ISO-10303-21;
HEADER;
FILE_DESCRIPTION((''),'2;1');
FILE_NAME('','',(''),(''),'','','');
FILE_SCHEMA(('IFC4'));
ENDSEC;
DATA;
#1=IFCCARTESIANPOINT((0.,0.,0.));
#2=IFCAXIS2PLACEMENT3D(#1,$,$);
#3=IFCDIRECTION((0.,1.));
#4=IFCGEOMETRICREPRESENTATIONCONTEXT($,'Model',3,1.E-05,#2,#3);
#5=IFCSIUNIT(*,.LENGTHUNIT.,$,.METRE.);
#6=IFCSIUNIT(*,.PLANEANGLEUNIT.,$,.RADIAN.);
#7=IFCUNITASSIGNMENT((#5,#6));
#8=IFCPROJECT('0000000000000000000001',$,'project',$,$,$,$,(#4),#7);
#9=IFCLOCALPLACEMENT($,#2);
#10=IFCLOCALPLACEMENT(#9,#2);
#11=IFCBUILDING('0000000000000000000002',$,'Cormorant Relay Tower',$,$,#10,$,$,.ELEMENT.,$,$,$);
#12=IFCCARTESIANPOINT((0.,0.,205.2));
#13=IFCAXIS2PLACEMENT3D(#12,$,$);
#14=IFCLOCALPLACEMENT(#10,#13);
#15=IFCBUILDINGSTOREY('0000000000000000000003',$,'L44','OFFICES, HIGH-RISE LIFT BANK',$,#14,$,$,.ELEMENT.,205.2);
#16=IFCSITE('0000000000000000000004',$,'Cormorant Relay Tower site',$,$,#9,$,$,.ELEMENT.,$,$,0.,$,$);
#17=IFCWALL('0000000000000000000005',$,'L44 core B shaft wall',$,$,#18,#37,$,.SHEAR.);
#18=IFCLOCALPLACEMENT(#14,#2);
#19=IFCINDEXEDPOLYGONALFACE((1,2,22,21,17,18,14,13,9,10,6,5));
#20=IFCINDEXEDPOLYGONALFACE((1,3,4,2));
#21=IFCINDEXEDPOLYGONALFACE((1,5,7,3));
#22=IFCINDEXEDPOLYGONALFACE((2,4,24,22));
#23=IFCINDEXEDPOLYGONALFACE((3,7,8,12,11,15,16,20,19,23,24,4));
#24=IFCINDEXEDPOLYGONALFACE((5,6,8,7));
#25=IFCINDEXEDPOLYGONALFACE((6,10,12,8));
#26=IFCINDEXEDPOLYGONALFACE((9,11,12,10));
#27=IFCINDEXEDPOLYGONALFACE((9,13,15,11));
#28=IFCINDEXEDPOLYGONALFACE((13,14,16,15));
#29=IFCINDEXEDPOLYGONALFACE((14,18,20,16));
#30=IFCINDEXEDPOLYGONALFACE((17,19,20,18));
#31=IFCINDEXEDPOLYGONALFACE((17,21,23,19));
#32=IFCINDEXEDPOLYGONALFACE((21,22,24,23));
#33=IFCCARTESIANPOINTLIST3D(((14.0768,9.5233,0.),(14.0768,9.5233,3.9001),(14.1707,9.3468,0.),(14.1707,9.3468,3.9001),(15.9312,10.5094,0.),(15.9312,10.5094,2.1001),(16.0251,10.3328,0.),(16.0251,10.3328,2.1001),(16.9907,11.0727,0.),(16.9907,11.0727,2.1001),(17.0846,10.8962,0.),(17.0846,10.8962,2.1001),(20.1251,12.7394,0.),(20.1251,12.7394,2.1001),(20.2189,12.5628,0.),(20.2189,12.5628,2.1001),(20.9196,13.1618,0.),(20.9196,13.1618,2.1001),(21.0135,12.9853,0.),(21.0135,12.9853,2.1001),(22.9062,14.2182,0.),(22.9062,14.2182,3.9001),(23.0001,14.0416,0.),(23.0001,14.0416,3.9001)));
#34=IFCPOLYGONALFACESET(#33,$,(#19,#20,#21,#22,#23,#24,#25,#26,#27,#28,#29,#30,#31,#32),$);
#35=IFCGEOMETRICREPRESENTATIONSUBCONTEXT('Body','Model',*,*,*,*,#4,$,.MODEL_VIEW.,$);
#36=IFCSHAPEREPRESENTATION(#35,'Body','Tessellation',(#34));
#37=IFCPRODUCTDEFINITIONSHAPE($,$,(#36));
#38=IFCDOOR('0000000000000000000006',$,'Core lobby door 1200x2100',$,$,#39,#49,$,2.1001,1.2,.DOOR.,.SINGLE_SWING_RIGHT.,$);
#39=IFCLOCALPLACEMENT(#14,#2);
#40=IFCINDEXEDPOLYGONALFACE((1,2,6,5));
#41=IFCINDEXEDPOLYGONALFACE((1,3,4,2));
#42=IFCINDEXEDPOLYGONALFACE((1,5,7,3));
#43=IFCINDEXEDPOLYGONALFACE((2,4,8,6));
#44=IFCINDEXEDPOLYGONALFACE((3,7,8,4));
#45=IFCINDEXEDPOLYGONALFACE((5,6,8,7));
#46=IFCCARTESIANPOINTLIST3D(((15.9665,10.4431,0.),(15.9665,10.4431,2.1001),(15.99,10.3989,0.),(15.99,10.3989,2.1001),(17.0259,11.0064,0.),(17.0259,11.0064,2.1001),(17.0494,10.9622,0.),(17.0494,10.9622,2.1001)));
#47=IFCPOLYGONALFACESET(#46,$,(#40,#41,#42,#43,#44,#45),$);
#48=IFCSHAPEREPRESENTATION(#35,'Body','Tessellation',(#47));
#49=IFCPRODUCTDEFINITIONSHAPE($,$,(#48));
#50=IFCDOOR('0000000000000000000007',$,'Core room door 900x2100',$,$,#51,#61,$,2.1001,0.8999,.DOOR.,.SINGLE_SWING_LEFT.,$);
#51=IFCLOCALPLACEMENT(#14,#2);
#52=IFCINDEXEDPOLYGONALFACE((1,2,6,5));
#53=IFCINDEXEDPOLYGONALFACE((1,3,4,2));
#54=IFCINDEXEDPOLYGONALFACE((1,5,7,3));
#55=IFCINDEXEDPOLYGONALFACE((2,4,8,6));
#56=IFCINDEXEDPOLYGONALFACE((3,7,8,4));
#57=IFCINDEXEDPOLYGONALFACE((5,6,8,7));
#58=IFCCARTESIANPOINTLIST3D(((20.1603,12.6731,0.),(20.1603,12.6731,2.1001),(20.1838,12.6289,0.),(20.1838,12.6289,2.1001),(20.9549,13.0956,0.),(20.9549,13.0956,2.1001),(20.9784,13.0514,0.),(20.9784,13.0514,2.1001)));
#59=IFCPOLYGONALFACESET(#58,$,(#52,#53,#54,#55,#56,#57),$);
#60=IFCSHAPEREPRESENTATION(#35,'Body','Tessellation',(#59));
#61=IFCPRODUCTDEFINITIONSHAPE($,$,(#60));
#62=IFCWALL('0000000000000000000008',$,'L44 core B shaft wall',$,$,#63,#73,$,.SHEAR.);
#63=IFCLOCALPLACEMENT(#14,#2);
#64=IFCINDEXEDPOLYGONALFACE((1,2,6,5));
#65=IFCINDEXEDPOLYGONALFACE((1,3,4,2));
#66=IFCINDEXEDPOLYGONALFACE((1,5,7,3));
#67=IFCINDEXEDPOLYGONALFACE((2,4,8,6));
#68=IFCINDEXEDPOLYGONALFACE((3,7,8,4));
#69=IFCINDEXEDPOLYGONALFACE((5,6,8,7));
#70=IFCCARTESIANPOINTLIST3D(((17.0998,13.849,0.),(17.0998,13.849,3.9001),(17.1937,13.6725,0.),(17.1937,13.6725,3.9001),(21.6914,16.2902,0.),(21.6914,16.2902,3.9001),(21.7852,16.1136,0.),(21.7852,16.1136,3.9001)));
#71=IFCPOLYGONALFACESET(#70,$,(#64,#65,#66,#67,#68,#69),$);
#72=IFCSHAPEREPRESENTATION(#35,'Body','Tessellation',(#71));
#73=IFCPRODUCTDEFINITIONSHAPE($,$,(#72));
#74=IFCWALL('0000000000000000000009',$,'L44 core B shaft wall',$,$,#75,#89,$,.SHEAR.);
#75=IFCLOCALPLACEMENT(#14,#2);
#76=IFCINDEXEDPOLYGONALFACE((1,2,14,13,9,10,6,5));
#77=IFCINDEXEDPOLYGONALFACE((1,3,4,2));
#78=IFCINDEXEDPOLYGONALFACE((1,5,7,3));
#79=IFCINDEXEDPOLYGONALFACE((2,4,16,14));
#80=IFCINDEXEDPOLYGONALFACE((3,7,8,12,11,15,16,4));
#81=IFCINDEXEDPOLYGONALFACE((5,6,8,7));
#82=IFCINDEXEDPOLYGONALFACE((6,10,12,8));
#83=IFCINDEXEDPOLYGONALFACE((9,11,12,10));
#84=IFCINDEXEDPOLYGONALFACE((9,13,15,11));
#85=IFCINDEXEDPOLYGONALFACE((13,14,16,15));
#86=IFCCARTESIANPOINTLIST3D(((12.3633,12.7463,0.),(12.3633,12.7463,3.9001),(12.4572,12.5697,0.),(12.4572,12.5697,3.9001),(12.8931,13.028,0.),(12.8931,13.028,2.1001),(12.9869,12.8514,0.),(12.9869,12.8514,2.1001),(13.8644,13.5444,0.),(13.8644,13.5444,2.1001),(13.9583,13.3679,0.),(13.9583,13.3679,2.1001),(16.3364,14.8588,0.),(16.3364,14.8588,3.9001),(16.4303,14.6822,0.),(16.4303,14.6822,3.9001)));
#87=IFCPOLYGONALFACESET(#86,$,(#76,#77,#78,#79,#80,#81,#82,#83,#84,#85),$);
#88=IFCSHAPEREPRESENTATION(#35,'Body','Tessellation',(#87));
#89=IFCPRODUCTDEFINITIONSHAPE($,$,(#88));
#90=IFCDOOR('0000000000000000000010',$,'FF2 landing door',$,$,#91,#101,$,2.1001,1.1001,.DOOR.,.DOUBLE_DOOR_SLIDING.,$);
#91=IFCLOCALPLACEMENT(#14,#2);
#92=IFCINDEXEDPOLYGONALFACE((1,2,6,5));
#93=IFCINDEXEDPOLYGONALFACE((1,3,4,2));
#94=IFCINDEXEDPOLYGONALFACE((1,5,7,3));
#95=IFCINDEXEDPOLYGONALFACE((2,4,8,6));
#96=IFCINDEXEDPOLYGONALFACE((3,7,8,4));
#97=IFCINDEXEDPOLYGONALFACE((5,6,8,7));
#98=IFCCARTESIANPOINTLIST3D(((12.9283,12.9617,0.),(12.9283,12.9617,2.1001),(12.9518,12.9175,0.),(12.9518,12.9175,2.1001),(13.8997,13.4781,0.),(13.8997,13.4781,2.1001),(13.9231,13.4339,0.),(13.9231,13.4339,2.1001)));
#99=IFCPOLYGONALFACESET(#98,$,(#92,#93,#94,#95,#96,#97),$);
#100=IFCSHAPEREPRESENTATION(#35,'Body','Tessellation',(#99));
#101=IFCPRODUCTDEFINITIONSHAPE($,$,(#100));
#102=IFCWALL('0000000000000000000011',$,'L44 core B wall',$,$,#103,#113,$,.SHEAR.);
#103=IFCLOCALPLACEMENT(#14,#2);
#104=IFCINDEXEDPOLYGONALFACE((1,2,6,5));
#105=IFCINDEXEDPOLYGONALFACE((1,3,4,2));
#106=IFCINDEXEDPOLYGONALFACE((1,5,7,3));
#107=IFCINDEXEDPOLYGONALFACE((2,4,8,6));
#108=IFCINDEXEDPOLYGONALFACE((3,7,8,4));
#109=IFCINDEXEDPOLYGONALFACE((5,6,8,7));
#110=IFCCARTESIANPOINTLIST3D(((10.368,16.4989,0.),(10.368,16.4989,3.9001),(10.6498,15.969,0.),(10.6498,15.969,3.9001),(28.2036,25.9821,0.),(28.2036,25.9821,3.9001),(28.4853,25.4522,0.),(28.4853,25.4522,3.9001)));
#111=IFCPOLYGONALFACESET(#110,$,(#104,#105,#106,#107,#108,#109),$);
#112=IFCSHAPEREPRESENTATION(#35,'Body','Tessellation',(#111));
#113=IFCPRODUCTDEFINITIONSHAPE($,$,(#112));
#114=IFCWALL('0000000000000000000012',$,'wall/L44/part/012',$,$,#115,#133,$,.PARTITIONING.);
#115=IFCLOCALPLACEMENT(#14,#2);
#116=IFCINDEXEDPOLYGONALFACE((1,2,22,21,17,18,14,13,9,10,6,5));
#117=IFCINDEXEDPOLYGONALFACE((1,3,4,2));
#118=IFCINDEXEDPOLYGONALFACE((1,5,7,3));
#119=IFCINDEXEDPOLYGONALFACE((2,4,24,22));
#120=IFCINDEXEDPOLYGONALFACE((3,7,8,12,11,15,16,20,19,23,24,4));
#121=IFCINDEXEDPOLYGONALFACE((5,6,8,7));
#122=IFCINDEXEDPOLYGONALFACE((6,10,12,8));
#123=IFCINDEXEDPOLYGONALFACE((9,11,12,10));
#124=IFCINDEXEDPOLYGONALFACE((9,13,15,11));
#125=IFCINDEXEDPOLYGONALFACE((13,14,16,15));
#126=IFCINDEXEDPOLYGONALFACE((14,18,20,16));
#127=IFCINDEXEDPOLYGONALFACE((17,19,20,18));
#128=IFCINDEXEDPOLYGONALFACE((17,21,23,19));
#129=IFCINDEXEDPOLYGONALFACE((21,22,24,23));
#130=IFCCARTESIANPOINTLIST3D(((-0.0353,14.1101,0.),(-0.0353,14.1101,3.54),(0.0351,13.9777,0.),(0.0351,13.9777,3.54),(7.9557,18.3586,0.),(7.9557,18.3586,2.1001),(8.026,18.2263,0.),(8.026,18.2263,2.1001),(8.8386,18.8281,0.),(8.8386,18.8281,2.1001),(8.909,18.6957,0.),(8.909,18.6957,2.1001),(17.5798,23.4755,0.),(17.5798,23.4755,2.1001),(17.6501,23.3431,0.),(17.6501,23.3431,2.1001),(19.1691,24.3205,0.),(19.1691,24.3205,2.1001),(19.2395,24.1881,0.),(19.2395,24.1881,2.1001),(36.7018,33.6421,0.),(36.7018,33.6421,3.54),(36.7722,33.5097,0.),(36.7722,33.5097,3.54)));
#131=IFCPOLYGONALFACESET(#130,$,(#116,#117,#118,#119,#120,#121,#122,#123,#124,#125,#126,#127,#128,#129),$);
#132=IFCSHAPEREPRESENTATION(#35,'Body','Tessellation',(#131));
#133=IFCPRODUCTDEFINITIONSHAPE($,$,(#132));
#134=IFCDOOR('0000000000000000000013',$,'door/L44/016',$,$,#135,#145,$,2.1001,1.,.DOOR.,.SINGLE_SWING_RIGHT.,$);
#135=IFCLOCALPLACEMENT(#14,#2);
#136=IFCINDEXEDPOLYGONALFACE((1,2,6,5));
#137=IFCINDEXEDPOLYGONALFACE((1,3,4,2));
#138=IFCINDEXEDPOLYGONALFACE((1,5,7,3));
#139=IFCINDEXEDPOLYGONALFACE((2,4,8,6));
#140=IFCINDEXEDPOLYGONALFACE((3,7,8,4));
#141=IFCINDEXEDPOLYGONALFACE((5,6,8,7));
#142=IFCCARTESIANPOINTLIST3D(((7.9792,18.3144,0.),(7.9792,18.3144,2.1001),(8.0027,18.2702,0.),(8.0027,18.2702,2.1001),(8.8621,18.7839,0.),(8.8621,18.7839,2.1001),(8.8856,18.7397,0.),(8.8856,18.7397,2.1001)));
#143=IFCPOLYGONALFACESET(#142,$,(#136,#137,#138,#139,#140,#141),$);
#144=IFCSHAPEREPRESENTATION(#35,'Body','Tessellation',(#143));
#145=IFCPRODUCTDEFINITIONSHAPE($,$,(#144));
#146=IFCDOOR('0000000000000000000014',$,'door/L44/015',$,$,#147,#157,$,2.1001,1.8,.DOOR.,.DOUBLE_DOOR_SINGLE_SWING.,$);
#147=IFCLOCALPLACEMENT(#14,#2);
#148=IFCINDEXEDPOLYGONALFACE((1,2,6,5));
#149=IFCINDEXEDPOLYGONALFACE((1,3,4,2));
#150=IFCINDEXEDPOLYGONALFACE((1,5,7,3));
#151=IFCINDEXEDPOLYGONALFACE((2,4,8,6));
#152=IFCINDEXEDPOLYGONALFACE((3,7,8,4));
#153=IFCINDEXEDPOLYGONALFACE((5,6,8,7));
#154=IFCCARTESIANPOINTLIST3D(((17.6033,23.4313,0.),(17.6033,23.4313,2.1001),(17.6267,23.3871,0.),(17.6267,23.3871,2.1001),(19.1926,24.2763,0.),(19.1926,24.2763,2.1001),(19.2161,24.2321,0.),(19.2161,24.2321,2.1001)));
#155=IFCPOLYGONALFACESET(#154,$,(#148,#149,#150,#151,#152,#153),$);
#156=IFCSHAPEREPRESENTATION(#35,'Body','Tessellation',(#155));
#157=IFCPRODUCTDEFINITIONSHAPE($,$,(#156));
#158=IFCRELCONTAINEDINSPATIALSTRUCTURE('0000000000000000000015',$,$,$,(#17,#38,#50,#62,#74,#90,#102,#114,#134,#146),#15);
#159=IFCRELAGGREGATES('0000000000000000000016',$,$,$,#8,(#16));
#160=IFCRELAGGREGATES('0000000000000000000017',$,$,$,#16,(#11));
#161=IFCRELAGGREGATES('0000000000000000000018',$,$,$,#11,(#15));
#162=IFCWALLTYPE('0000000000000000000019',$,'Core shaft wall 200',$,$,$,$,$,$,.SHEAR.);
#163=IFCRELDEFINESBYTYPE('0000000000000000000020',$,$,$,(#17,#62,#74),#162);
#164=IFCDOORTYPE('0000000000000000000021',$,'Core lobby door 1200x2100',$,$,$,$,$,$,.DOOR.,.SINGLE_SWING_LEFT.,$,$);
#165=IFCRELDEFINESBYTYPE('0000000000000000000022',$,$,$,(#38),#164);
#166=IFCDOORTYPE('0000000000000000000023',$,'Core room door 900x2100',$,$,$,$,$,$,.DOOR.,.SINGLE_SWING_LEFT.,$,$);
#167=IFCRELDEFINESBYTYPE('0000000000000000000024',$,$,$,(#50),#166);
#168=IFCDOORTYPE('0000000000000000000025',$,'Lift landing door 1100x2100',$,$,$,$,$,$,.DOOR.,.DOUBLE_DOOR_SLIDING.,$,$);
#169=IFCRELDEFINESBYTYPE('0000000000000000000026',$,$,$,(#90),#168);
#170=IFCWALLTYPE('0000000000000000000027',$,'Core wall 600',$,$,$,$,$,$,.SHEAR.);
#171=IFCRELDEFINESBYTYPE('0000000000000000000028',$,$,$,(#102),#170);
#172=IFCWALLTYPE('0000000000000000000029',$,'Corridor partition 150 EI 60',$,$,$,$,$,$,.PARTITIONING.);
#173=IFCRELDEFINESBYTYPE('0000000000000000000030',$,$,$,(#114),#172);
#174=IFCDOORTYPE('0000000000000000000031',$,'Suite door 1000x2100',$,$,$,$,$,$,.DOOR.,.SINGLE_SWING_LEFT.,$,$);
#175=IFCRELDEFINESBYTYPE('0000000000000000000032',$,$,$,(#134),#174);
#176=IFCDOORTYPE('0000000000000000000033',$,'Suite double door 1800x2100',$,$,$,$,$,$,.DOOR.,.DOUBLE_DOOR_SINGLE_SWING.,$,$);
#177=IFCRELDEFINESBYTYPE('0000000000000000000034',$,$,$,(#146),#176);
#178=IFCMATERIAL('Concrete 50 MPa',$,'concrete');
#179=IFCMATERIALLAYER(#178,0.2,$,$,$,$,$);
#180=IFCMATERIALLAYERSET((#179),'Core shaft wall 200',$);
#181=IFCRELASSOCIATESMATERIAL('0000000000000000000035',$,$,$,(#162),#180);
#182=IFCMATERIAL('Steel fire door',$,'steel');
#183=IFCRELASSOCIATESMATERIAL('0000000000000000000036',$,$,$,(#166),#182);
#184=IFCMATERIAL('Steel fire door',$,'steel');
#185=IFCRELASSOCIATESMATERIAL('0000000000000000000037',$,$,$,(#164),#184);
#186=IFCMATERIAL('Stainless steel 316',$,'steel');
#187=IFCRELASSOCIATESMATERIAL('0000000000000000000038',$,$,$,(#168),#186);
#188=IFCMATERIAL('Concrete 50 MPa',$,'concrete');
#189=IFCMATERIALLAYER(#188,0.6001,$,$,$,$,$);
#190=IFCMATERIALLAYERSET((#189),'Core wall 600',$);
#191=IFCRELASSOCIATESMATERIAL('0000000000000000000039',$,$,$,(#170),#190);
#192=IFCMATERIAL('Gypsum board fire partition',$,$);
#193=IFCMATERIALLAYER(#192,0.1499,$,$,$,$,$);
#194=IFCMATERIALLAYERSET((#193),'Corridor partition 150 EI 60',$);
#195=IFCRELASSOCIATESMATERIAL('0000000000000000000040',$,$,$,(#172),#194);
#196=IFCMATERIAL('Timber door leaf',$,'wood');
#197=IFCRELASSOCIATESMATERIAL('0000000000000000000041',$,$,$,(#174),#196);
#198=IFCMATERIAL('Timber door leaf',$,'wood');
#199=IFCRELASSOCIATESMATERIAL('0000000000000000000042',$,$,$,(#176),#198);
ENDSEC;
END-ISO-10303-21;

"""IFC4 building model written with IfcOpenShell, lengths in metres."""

from ifc_helpers import new_model, si_unit, direction, frame, frame_2d, origin, place, context, subcontext, project, spatial, rectangle, extrude, material, layer, layer_set, type_object, element, fill, save


model = new_model("IFC4")

# Units and contexts
model_context = context("Model", 3, precision=1e-05, world=origin(), true_north=direction((0.0, 1.0)))
body_context = subcontext(model_context, "Body", "Model", "MODEL_VIEW")
ifc_project = project(units=[si_unit("LENGTHUNIT", "METRE"), si_unit("PLANEANGLEUNIT", "RADIAN")], contexts=[model_context])

# Site, building, storey
site_placement = place(None, origin())
site = spatial("IfcSite", under=ifc_project, at=site_placement, Name="Cormorant Relay Tower site", CompositionType="ELEMENT", RefElevation=0.0)
building_placement = place(site_placement, origin())
building = spatial("IfcBuilding", under=site, at=building_placement, Name="Cormorant Relay Tower", CompositionType="ELEMENT")
storey_placement = place(building_placement, frame((0.0, 0.0, 205.2)))
storey = spatial("IfcBuildingStorey", under=building, at=storey_placement, Name="L44", Description="OFFICES, HIGH-RISE LIFT BANK", CompositionType="ELEMENT", Elevation=205.2)

# Shared definitions
ifc_material_1 = material(Name="Concrete 50 MPa", Category="concrete")
ifc_layer_1 = layer(ifc_material_1, 0.2)
ifc_layer_set_1 = layer_set([ifc_layer_1], Name="Core shaft wall 200")
wall_type_1 = type_object("IfcWallType", Name="Core shaft wall 200", PredefinedType="SHEAR", material=ifc_layer_set_1)

# Shared definitions
ifc_material_2 = material(Name="Steel fire door", Category="steel")
door_type_1 = type_object("IfcDoorType", Name="Core room door 900x2100", OperationType="SINGLE_SWING_LEFT", PredefinedType="DOOR", material=ifc_material_2)

# Wall, openings, doors
wall_1_placement = place(storey_placement, frame((14.1238, 9.4351, 0.0), z_axis=(0.0, 0.0, 1.0), x_axis=(0.88294, 0.469485, 0.0)))
wall_1 = element("IfcWall", 1, at=wall_1_placement, inside=storey, type_object=wall_type_1, Name="L44 core B shaft wall", PredefinedType="SHEAR", context=body_context, shape_type="SweptSolid", body=[
    extrude(rectangle(XDim=10.0, YDim=0.2, at=frame_2d((5.0, 0.0))), origin(), (0.0, 0.0, 1.0), 3.9001),
])
opening_1_placement = place(wall_1_placement, frame((2.1001, 0.0, 0.0)))
opening_1 = element("IfcOpeningElement", 2, at=opening_1_placement, cuts=wall_1, PredefinedType="OPENING", context=body_context, shape_type="SweptSolid", body=[
    extrude(rectangle(XDim=1.2, YDim=2.1001, at=frame_2d((0.6001, 1.05))), frame((0.0, 0.1099, 0.0), z_axis=(0.0, -1.0, 0.0), x_axis=(1.0, 0.0, 0.0)), (0.0, 0.0, 1.0), 0.22),
])
opening_2_placement = place(wall_1_placement, frame((6.8501, 0.0, 0.0)))
opening_2 = element("IfcOpeningElement", 3, at=opening_2_placement, cuts=wall_1, PredefinedType="OPENING", context=body_context, shape_type="SweptSolid", body=[
    extrude(rectangle(XDim=0.8999, YDim=2.1001, at=frame_2d((0.45, 1.05))), frame((0.0, 0.1099, 0.0), z_axis=(0.0, -1.0, 0.0), x_axis=(1.0, 0.0, 0.0)), (0.0, 0.0, 1.0), 0.22),
])
ifc_material_3 = material(Name="Steel fire door", Category="steel")
door_type_2 = type_object("IfcDoorType", Name="Core lobby door 1200x2100", OperationType="SINGLE_SWING_LEFT", PredefinedType="DOOR", material=ifc_material_3)
door_1_placement = place(opening_1_placement, origin())
door_1 = element("IfcDoor", 4, at=door_1_placement, inside=storey, type_object=door_type_2, Name="Core lobby door 1200x2100", OperationType="SINGLE_SWING_RIGHT", OverallHeight=2.1001, OverallWidth=1.2, PredefinedType="DOOR", context=body_context, shape_type="SweptSolid", body=[
    extrude(rectangle(XDim=1.2, YDim=2.1001, at=frame_2d((0.6001, 1.05))), frame((0.0, 0.0249, 0.0), z_axis=(0.0, -1.0, 0.0), x_axis=(1.0, 0.0, 0.0)), (0.0, 0.0, 1.0), 0.05),
])
fill(opening_1, door_1)
door_2_placement = place(opening_2_placement, origin())
door_2 = element("IfcDoor", 5, at=door_2_placement, inside=storey, type_object=door_type_1, Name="Core room door 900x2100", OperationType="SINGLE_SWING_LEFT", OverallHeight=2.1001, OverallWidth=0.8999, PredefinedType="DOOR", context=body_context, shape_type="SweptSolid", body=[
    extrude(rectangle(XDim=0.8999, YDim=2.1001, at=frame_2d((0.45, 1.05))), frame((0.0, 0.0249, 0.0), z_axis=(0.0, -1.0, 0.0), x_axis=(1.0, 0.0, 0.0)), (0.0, 0.0, 1.0), 0.05),
])
fill(opening_2, door_2)

# Wall
wall_2_placement = place(storey_placement, frame((17.1467, 13.7607, 0.0), z_axis=(0.0, 0.0, 1.0), x_axis=(0.882964, 0.46944, 0.0)))
element("IfcWall", 6, at=wall_2_placement, inside=storey, type_object=wall_type_1, Name="L44 core B shaft wall", PredefinedType="SHEAR", context=body_context, shape_type="SweptSolid", body=[
    extrude(rectangle(XDim=5.2002, YDim=0.2, at=frame_2d((2.6001, 0.0))), origin(), (0.0, 0.0, 1.0), 3.9001),
])

# Wall, opening, door
wall_3_placement = place(storey_placement, frame((12.4102, 12.658, 0.0), z_axis=(0.0, 0.0, 1.0), x_axis=(0.882948, 0.46947, 0.0)))
wall_3 = element("IfcWall", 7, at=wall_3_placement, inside=storey, type_object=wall_type_1, Name="L44 core B shaft wall", PredefinedType="SHEAR", context=body_context, shape_type="SweptSolid", body=[
    extrude(rectangle(XDim=4.4998, YDim=0.2, at=frame_2d((2.25, 0.0))), origin(), (0.0, 0.0, 1.0), 3.9001),
])
opening_3_placement = place(wall_3_placement, frame((0.6001, 0.0, 0.0)))
opening_3 = element("IfcOpeningElement", 8, at=opening_3_placement, cuts=wall_3, PredefinedType="OPENING", context=body_context, shape_type="SweptSolid", body=[
    extrude(rectangle(XDim=1.1001, YDim=2.1001, at=frame_2d((0.55, 1.05))), frame((0.0, 0.1099, 0.0), z_axis=(0.0, -1.0, 0.0), x_axis=(1.0, 0.0, 0.0)), (0.0, 0.0, 1.0), 0.22),
])
ifc_material_4 = material(Name="Stainless steel 316", Category="steel")
door_type_3 = type_object("IfcDoorType", Name="Lift landing door 1100x2100", OperationType="DOUBLE_DOOR_SLIDING", PredefinedType="DOOR", material=ifc_material_4)
door_3_placement = place(opening_3_placement, origin())
door_3 = element("IfcDoor", 9, at=door_3_placement, inside=storey, type_object=door_type_3, Name="FF2 landing door", OperationType="DOUBLE_DOOR_SLIDING", OverallHeight=2.1001, OverallWidth=1.1001, PredefinedType="DOOR", context=body_context, shape_type="SweptSolid", body=[
    extrude(rectangle(XDim=1.1001, YDim=2.1001, at=frame_2d((0.55, 1.05))), frame((0.0, 0.0249, 0.0), z_axis=(0.0, -1.0, 0.0), x_axis=(1.0, 0.0, 0.0)), (0.0, 0.0, 1.0), 0.05),
])
fill(opening_3, door_3)

# Wall
ifc_material_5 = material(Name="Concrete 50 MPa", Category="concrete")
ifc_layer_2 = layer(ifc_material_5, 0.6001)
ifc_layer_set_2 = layer_set([ifc_layer_2], Name="Core wall 600")
wall_type_2 = type_object("IfcWallType", Name="Core wall 600", PredefinedType="SHEAR", material=ifc_layer_set_2)
wall_4_placement = place(storey_placement, frame((10.5088, 16.2339, 0.0), z_axis=(0.0, 0.0, 1.0), x_axis=(0.88295, 0.469467, 0.0)))
element("IfcWall", 10, at=wall_4_placement, inside=storey, type_object=wall_type_2, Name="L44 core B wall", PredefinedType="SHEAR", context=body_context, shape_type="SweptSolid", body=[
    extrude(rectangle(XDim=20.2, YDim=0.6001, at=frame_2d((10.1001, 0.0))), origin(), (0.0, 0.0, 1.0), 3.9001),
])

# Wall, openings, doors
ifc_material_6 = material(Name="Gypsum board fire partition")
ifc_layer_3 = layer(ifc_material_6, 0.1499)
ifc_layer_set_3 = layer_set([ifc_layer_3], Name="Corridor partition 150 EI 60")
wall_type_3 = type_object("IfcWallType", Name="Corridor partition 150 EI 60", PredefinedType="PARTITIONING", material=ifc_layer_set_3)
wall_5_placement = place(storey_placement, frame((0.0, 14.0439, 0.0), z_axis=(0.0, 0.0, 1.0), x_axis=(0.882962, 0.469444, 0.0)))
wall_5 = element("IfcWall", 11, at=wall_5_placement, inside=storey, type_object=wall_type_3, Name="wall/L44/part/012", PredefinedType="PARTITIONING", context=body_context, shape_type="SweptSolid", body=[
    extrude(rectangle(XDim=41.6067, YDim=0.1499, at=frame_2d((20.8032, 0.0))), origin(), (0.0, 0.0, 1.0), 3.54),
])
opening_4_placement = place(wall_5_placement, frame((19.95, 0.0, 0.0)))
opening_4 = element("IfcOpeningElement", 12, at=opening_4_placement, cuts=wall_5, PredefinedType="OPENING", context=body_context, shape_type="SweptSolid", body=[
    extrude(rectangle(XDim=1.8, YDim=2.1001, at=frame_2d((0.8999, 1.05))), frame((0.0, 0.085, 0.0), z_axis=(0.0, -1.0, 0.0), x_axis=(1.0, 0.0, 0.0)), (0.0, 0.0, 1.0), 0.1699),
])
opening_5_placement = place(wall_5_placement, frame((9.05, 0.0, 0.0)))
opening_5 = element("IfcOpeningElement", 13, at=opening_5_placement, cuts=wall_5, PredefinedType="OPENING", context=body_context, shape_type="SweptSolid", body=[
    extrude(rectangle(XDim=1.0, YDim=2.1001, at=frame_2d((0.5, 1.05))), frame((0.0, 0.085, 0.0), z_axis=(0.0, -1.0, 0.0), x_axis=(1.0, 0.0, 0.0)), (0.0, 0.0, 1.0), 0.1699),
])
ifc_material_7 = material(Name="Timber door leaf", Category="wood")
door_type_4 = type_object("IfcDoorType", Name="Suite door 1000x2100", OperationType="SINGLE_SWING_LEFT", PredefinedType="DOOR", material=ifc_material_7)
door_4_placement = place(opening_5_placement, origin())
door_4 = element("IfcDoor", 14, at=door_4_placement, inside=storey, type_object=door_type_4, Name="door/L44/016", OperationType="SINGLE_SWING_RIGHT", OverallHeight=2.1001, OverallWidth=1.0, PredefinedType="DOOR", context=body_context, shape_type="SweptSolid", body=[
    extrude(rectangle(XDim=1.0, YDim=2.1001, at=frame_2d((0.5, 1.05))), frame((0.0, 0.0249, 0.0), z_axis=(0.0, -1.0, 0.0), x_axis=(1.0, 0.0, 0.0)), (0.0, 0.0, 1.0), 0.05),
])
fill(opening_5, door_4)
ifc_material_8 = material(Name="Timber door leaf", Category="wood")
door_type_5 = type_object("IfcDoorType", Name="Suite double door 1800x2100", OperationType="DOUBLE_DOOR_SINGLE_SWING", PredefinedType="DOOR", material=ifc_material_8)
door_5_placement = place(opening_4_placement, origin())
door_5 = element("IfcDoor", 15, at=door_5_placement, inside=storey, type_object=door_type_5, Name="door/L44/015", OperationType="DOUBLE_DOOR_SINGLE_SWING", OverallHeight=2.1001, OverallWidth=1.8, PredefinedType="DOOR", context=body_context, shape_type="SweptSolid", body=[
    extrude(rectangle(XDim=1.8, YDim=2.1001, at=frame_2d((0.8999, 1.05))), frame((0.0, 0.0249, 0.0), z_axis=(0.0, -1.0, 0.0), x_axis=(1.0, 0.0, 0.0)), (0.0, 0.0, 1.0), 0.05),
])
fill(opening_4, door_5)

save(model, "model.ifc")
